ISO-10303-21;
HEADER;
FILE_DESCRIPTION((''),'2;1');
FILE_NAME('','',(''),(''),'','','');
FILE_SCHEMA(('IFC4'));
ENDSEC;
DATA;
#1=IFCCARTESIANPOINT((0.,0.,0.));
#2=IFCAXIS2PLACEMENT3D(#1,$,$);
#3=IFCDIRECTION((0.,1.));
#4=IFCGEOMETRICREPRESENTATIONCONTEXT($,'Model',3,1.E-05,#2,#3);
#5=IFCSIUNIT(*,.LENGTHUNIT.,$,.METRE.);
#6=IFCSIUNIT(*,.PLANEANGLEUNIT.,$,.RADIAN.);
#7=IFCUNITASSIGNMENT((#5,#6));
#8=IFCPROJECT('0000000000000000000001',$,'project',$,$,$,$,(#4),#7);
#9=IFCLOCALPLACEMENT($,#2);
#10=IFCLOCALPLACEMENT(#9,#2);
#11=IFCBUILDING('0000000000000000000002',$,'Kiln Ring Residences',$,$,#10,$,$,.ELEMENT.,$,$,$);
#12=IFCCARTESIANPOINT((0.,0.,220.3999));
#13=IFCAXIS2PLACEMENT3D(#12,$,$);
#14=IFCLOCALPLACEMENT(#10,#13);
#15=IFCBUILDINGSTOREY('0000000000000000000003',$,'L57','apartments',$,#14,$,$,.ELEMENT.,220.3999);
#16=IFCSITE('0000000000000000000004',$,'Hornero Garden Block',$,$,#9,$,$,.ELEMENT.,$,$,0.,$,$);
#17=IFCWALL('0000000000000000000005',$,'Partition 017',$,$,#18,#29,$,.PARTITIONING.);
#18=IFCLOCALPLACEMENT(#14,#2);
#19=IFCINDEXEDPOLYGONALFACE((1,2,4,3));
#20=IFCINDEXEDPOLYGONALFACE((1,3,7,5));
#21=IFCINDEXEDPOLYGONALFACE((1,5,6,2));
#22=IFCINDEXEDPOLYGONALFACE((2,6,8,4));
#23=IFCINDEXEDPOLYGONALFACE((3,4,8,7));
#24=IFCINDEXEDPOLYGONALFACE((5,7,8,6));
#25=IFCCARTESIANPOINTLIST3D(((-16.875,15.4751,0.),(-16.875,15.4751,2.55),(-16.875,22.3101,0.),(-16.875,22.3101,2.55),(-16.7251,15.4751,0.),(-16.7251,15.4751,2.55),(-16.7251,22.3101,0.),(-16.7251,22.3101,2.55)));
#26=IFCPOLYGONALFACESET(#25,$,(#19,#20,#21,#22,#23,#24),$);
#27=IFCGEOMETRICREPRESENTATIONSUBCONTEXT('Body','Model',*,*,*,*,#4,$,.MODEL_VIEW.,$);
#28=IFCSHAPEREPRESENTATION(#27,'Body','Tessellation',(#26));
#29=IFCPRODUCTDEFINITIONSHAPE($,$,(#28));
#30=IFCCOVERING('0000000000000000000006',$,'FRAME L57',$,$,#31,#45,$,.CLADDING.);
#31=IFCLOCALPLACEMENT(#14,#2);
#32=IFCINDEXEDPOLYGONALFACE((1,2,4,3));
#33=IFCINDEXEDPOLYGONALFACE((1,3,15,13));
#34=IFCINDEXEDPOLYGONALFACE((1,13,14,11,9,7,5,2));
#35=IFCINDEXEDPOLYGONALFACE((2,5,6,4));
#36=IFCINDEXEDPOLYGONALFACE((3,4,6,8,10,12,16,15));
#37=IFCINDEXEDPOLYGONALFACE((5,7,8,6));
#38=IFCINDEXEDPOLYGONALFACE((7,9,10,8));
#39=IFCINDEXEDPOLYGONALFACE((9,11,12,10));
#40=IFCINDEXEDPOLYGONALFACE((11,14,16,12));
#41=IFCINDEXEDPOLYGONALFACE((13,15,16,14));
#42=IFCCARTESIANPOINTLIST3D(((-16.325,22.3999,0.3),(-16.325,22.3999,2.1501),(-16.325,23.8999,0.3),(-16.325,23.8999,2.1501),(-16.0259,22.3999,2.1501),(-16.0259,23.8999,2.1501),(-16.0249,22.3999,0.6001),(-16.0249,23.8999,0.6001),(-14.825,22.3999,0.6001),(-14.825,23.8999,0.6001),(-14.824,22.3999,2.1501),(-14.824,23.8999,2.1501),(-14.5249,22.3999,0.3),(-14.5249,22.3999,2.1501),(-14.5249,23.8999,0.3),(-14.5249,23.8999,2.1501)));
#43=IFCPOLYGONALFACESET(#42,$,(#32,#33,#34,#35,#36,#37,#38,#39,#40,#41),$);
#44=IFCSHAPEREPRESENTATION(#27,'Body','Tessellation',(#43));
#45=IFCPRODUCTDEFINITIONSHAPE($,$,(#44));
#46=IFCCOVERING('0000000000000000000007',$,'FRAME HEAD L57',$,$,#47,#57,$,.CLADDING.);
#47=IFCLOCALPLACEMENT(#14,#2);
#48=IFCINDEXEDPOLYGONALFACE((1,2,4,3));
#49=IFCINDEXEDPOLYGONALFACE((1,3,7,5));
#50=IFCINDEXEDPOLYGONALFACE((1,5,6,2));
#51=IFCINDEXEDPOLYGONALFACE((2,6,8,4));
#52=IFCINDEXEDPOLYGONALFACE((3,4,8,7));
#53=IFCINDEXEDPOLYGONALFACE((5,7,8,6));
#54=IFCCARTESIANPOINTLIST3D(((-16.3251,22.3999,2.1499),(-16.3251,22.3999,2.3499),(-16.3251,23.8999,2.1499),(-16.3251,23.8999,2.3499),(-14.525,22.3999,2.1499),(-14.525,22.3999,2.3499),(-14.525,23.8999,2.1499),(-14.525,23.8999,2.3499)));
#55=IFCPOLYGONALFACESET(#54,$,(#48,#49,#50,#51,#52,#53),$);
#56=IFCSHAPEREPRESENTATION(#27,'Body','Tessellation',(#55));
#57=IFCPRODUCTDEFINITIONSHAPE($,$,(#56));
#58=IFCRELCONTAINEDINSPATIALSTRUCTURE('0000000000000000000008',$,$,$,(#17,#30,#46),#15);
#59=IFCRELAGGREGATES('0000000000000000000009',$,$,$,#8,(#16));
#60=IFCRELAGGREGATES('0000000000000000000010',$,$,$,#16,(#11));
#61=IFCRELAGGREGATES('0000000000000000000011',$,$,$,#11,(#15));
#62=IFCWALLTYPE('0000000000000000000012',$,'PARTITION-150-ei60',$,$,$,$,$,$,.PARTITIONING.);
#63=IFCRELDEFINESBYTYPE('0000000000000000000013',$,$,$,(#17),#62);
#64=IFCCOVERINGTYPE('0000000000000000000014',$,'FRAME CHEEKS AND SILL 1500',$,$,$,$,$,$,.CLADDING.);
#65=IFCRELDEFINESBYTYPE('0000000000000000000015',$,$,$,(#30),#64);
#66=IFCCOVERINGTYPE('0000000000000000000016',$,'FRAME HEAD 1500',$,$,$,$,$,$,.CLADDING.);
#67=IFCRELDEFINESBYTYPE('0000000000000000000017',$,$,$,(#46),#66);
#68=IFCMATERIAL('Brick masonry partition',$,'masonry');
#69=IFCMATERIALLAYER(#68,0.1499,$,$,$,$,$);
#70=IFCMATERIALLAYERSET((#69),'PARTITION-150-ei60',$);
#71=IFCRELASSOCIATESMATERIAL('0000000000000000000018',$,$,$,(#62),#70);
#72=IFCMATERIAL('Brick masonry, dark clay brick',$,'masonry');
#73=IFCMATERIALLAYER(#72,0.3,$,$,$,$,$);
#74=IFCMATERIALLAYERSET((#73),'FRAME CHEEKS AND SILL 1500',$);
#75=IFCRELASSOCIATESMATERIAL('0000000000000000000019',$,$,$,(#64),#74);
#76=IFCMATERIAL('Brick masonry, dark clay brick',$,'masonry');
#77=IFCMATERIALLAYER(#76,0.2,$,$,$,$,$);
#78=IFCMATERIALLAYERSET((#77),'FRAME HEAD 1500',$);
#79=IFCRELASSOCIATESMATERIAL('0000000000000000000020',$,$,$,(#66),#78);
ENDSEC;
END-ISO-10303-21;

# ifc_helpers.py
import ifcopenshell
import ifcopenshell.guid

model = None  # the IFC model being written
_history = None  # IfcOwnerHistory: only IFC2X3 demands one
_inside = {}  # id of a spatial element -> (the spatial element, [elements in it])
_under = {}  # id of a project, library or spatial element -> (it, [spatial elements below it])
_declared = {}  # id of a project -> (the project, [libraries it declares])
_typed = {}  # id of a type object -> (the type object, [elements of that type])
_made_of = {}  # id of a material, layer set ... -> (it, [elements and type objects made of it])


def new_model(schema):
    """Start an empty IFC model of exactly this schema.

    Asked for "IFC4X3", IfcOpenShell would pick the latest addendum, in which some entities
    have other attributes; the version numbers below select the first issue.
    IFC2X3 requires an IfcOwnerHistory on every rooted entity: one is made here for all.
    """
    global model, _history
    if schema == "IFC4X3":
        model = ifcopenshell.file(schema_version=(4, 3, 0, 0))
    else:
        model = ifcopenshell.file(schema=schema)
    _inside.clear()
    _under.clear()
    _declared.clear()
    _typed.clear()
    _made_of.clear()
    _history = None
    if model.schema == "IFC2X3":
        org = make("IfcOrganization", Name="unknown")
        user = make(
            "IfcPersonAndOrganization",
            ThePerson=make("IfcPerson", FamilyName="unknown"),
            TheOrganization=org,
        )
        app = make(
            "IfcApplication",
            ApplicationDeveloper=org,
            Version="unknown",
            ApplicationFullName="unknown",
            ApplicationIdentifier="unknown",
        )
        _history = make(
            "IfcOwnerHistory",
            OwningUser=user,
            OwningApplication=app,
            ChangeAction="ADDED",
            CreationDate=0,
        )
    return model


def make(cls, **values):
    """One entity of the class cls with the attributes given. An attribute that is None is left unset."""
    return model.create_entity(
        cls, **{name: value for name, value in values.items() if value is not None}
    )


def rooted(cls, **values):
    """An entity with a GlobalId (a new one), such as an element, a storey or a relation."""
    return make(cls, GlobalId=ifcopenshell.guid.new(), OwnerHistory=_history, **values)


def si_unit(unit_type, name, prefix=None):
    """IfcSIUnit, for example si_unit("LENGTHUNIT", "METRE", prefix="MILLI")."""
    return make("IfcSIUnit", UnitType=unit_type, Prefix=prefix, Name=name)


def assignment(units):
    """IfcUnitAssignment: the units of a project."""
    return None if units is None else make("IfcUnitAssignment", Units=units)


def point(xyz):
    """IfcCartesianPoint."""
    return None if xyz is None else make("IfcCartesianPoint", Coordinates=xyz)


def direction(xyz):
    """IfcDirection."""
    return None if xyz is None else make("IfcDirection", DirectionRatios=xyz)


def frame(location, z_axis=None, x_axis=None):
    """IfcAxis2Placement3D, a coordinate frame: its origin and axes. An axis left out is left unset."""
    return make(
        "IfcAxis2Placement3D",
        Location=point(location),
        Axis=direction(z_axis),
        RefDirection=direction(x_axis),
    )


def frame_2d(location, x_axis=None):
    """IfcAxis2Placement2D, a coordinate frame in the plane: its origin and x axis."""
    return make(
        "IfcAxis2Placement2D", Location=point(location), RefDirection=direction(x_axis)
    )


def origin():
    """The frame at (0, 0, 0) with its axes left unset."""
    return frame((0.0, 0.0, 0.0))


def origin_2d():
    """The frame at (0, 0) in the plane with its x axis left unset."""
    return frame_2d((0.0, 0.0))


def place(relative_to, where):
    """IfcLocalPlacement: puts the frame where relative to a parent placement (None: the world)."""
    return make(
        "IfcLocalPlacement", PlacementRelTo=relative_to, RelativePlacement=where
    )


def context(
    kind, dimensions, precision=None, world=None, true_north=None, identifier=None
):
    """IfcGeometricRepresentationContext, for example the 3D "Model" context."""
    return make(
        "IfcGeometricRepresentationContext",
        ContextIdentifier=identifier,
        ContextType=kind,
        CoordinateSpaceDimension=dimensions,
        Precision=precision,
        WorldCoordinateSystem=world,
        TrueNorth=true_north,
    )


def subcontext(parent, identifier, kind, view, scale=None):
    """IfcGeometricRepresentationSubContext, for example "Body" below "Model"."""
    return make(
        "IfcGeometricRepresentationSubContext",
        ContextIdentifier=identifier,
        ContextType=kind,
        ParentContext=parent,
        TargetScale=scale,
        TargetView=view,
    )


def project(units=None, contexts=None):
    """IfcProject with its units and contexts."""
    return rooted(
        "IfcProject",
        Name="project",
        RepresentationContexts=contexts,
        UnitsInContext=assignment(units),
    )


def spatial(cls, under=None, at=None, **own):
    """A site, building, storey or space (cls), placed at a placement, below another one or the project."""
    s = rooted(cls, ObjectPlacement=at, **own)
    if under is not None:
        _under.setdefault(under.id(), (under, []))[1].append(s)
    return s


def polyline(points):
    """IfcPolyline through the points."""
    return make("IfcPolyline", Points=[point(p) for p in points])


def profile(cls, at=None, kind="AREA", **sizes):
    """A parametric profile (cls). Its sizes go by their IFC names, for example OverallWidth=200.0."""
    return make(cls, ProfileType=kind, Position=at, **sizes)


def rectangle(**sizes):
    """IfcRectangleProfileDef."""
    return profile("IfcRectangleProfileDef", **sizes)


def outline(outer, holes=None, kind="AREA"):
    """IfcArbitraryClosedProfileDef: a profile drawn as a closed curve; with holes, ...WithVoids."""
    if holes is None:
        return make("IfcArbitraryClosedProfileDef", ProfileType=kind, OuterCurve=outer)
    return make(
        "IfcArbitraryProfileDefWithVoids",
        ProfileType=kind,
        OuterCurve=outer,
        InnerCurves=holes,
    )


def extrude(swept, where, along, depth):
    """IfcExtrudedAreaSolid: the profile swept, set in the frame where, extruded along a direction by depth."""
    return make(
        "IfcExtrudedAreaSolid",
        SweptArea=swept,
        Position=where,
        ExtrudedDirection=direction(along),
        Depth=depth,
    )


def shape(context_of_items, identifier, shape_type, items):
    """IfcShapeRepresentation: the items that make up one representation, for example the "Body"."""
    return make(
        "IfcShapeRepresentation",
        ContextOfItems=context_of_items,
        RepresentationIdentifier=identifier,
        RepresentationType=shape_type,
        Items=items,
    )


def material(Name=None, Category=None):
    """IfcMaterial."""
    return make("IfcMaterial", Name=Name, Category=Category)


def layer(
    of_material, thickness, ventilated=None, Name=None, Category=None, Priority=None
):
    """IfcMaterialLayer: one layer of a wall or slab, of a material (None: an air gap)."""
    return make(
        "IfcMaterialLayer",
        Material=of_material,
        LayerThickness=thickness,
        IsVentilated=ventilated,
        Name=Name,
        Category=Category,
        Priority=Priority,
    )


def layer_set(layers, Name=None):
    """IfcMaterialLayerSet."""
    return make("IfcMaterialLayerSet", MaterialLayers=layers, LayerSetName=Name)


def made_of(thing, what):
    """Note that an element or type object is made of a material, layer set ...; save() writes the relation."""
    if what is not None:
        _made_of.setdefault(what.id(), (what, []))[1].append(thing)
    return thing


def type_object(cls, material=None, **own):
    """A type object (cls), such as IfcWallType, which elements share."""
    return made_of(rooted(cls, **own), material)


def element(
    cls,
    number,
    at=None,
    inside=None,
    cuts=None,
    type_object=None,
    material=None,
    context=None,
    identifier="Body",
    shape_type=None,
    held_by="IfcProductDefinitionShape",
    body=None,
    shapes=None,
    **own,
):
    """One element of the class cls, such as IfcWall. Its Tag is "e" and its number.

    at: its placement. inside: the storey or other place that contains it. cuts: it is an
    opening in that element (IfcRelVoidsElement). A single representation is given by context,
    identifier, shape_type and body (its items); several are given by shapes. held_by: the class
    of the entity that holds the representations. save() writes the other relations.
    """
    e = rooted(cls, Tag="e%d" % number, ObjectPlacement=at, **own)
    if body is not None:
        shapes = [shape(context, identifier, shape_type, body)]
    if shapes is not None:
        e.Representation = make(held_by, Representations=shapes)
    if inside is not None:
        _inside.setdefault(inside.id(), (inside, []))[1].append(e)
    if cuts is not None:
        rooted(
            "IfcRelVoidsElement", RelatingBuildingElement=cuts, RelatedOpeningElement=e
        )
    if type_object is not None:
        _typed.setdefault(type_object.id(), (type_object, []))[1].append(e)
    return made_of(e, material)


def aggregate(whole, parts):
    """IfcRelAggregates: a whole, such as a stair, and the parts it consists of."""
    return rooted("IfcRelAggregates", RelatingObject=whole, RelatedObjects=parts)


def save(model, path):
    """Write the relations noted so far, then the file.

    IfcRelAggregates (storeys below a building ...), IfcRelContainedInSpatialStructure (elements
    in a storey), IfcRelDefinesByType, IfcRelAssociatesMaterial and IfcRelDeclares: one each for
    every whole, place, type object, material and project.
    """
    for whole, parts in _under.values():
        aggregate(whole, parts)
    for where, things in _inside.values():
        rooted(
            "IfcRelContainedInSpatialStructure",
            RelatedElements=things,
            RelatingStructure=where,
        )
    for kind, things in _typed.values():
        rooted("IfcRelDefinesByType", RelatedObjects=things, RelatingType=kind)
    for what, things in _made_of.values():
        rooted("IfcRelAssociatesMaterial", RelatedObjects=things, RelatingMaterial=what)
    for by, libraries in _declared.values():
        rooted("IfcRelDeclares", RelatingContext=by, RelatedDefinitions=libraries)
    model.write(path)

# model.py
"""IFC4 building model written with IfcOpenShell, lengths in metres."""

from ifc_helpers import new_model, si_unit, direction, frame, frame_2d, origin, origin_2d, place, context, subcontext, project, spatial, polyline, rectangle, outline, extrude, material, layer, layer_set, type_object, element, save


model = new_model("IFC4")

# Units and contexts
model_context = context("Model", 3, precision=1e-05, world=origin(), true_north=direction((0.0, 1.0)))
body_context = subcontext(model_context, "Body", "Model", "MODEL_VIEW")
ifc_project = project(units=[si_unit("LENGTHUNIT", "METRE"), si_unit("PLANEANGLEUNIT", "RADIAN")], contexts=[model_context])

# Site, building, storey
site_placement = place(None, origin())
site = spatial("IfcSite", under=ifc_project, at=site_placement, Name="Hornero Garden Block", CompositionType="ELEMENT", RefElevation=0.0)
building_placement = place(site_placement, origin())
building = spatial("IfcBuilding", under=site, at=building_placement, Name="Kiln Ring Residences", CompositionType="ELEMENT")
storey_placement = place(building_placement, frame((0.0, 0.0, 220.3999)))
storey = spatial("IfcBuildingStorey", under=building, at=storey_placement, Name="L57", Description="apartments", CompositionType="ELEMENT", Elevation=220.3999)

# Wall
ifc_material_1 = material(Name="Brick masonry partition", Category="masonry")
ifc_layer_1 = layer(ifc_material_1, 0.1499)
ifc_layer_set_1 = layer_set([ifc_layer_1], Name="PARTITION-150-ei60")
wall_type_1 = type_object("IfcWallType", Name="PARTITION-150-ei60", PredefinedType="PARTITIONING", material=ifc_layer_set_1)
wall_1_placement = place(storey_placement, frame((-16.8, 15.4751, 0.0), z_axis=(0.0, 0.0, 1.0), x_axis=(0.0, 1.0, 0.0)))
element("IfcWall", 1, at=wall_1_placement, inside=storey, type_object=wall_type_1, Name="Partition 017", PredefinedType="PARTITIONING", context=body_context, shape_type="SweptSolid", body=[
    extrude(rectangle(XDim=6.835, YDim=0.1499, at=frame_2d((3.4175, 0.0))), origin(), (0.0, 0.0, 1.0), 2.55),
])

# Coverings
ifc_material_2 = material(Name="Brick masonry, dark clay brick", Category="masonry")
ifc_layer_2 = layer(ifc_material_2, 0.3)
ifc_layer_set_2 = layer_set([ifc_layer_2], Name="FRAME CHEEKS AND SILL 1500")
covering_type_1 = type_object("IfcCoveringType", Name="FRAME CHEEKS AND SILL 1500", PredefinedType="CLADDING", material=ifc_layer_set_2)
covering_1_placement = place(storey_placement, frame((-14.5249, 23.1499, 0.3), z_axis=(0.0, 0.0, 1.0), x_axis=(-1.0, 0.0, 0.0)))
element("IfcCovering", 2, at=covering_1_placement, inside=storey, type_object=covering_type_1, Name="FRAME L57", PredefinedType="CLADDING", context=body_context, shape_type="SweptSolid", body=[
    extrude(outline(polyline([(0.0, 0.0), (1.8, 0.0), (1.8, 1.8501), (1.501, 1.8501), (1.5, 0.3), (0.3, 0.3), (0.2991, 1.8501), (0.0, 1.8501), (0.0, 0.0)])), frame((0.0, 0.75, 0.0), z_axis=(0.0, -1.0, 0.0), x_axis=(1.0, 0.0, 0.0)), (0.0, 0.0, 1.0), 1.5),
])
ifc_material_3 = material(Name="Brick masonry, dark clay brick", Category="masonry")
ifc_layer_3 = layer(ifc_material_3, 0.2)
ifc_layer_set_3 = layer_set([ifc_layer_3], Name="FRAME HEAD 1500")
covering_type_2 = type_object("IfcCoveringType", Name="FRAME HEAD 1500", PredefinedType="CLADDING", material=ifc_layer_set_3)
covering_2_placement = place(storey_placement, frame((-15.425, 23.1499, 2.1499), z_axis=(0.0, 0.0, 1.0), x_axis=(-1.0, 0.0, 0.0)))
element("IfcCovering", 3, at=covering_2_placement, inside=storey, type_object=covering_type_2, Name="FRAME HEAD L57", PredefinedType="CLADDING", context=body_context, shape_type="SweptSolid", body=[
    extrude(rectangle(XDim=1.8, YDim=1.5, at=origin_2d()), origin(), (0.0, 0.0, 1.0), 0.2),
])

save(model, "model.ifc")
